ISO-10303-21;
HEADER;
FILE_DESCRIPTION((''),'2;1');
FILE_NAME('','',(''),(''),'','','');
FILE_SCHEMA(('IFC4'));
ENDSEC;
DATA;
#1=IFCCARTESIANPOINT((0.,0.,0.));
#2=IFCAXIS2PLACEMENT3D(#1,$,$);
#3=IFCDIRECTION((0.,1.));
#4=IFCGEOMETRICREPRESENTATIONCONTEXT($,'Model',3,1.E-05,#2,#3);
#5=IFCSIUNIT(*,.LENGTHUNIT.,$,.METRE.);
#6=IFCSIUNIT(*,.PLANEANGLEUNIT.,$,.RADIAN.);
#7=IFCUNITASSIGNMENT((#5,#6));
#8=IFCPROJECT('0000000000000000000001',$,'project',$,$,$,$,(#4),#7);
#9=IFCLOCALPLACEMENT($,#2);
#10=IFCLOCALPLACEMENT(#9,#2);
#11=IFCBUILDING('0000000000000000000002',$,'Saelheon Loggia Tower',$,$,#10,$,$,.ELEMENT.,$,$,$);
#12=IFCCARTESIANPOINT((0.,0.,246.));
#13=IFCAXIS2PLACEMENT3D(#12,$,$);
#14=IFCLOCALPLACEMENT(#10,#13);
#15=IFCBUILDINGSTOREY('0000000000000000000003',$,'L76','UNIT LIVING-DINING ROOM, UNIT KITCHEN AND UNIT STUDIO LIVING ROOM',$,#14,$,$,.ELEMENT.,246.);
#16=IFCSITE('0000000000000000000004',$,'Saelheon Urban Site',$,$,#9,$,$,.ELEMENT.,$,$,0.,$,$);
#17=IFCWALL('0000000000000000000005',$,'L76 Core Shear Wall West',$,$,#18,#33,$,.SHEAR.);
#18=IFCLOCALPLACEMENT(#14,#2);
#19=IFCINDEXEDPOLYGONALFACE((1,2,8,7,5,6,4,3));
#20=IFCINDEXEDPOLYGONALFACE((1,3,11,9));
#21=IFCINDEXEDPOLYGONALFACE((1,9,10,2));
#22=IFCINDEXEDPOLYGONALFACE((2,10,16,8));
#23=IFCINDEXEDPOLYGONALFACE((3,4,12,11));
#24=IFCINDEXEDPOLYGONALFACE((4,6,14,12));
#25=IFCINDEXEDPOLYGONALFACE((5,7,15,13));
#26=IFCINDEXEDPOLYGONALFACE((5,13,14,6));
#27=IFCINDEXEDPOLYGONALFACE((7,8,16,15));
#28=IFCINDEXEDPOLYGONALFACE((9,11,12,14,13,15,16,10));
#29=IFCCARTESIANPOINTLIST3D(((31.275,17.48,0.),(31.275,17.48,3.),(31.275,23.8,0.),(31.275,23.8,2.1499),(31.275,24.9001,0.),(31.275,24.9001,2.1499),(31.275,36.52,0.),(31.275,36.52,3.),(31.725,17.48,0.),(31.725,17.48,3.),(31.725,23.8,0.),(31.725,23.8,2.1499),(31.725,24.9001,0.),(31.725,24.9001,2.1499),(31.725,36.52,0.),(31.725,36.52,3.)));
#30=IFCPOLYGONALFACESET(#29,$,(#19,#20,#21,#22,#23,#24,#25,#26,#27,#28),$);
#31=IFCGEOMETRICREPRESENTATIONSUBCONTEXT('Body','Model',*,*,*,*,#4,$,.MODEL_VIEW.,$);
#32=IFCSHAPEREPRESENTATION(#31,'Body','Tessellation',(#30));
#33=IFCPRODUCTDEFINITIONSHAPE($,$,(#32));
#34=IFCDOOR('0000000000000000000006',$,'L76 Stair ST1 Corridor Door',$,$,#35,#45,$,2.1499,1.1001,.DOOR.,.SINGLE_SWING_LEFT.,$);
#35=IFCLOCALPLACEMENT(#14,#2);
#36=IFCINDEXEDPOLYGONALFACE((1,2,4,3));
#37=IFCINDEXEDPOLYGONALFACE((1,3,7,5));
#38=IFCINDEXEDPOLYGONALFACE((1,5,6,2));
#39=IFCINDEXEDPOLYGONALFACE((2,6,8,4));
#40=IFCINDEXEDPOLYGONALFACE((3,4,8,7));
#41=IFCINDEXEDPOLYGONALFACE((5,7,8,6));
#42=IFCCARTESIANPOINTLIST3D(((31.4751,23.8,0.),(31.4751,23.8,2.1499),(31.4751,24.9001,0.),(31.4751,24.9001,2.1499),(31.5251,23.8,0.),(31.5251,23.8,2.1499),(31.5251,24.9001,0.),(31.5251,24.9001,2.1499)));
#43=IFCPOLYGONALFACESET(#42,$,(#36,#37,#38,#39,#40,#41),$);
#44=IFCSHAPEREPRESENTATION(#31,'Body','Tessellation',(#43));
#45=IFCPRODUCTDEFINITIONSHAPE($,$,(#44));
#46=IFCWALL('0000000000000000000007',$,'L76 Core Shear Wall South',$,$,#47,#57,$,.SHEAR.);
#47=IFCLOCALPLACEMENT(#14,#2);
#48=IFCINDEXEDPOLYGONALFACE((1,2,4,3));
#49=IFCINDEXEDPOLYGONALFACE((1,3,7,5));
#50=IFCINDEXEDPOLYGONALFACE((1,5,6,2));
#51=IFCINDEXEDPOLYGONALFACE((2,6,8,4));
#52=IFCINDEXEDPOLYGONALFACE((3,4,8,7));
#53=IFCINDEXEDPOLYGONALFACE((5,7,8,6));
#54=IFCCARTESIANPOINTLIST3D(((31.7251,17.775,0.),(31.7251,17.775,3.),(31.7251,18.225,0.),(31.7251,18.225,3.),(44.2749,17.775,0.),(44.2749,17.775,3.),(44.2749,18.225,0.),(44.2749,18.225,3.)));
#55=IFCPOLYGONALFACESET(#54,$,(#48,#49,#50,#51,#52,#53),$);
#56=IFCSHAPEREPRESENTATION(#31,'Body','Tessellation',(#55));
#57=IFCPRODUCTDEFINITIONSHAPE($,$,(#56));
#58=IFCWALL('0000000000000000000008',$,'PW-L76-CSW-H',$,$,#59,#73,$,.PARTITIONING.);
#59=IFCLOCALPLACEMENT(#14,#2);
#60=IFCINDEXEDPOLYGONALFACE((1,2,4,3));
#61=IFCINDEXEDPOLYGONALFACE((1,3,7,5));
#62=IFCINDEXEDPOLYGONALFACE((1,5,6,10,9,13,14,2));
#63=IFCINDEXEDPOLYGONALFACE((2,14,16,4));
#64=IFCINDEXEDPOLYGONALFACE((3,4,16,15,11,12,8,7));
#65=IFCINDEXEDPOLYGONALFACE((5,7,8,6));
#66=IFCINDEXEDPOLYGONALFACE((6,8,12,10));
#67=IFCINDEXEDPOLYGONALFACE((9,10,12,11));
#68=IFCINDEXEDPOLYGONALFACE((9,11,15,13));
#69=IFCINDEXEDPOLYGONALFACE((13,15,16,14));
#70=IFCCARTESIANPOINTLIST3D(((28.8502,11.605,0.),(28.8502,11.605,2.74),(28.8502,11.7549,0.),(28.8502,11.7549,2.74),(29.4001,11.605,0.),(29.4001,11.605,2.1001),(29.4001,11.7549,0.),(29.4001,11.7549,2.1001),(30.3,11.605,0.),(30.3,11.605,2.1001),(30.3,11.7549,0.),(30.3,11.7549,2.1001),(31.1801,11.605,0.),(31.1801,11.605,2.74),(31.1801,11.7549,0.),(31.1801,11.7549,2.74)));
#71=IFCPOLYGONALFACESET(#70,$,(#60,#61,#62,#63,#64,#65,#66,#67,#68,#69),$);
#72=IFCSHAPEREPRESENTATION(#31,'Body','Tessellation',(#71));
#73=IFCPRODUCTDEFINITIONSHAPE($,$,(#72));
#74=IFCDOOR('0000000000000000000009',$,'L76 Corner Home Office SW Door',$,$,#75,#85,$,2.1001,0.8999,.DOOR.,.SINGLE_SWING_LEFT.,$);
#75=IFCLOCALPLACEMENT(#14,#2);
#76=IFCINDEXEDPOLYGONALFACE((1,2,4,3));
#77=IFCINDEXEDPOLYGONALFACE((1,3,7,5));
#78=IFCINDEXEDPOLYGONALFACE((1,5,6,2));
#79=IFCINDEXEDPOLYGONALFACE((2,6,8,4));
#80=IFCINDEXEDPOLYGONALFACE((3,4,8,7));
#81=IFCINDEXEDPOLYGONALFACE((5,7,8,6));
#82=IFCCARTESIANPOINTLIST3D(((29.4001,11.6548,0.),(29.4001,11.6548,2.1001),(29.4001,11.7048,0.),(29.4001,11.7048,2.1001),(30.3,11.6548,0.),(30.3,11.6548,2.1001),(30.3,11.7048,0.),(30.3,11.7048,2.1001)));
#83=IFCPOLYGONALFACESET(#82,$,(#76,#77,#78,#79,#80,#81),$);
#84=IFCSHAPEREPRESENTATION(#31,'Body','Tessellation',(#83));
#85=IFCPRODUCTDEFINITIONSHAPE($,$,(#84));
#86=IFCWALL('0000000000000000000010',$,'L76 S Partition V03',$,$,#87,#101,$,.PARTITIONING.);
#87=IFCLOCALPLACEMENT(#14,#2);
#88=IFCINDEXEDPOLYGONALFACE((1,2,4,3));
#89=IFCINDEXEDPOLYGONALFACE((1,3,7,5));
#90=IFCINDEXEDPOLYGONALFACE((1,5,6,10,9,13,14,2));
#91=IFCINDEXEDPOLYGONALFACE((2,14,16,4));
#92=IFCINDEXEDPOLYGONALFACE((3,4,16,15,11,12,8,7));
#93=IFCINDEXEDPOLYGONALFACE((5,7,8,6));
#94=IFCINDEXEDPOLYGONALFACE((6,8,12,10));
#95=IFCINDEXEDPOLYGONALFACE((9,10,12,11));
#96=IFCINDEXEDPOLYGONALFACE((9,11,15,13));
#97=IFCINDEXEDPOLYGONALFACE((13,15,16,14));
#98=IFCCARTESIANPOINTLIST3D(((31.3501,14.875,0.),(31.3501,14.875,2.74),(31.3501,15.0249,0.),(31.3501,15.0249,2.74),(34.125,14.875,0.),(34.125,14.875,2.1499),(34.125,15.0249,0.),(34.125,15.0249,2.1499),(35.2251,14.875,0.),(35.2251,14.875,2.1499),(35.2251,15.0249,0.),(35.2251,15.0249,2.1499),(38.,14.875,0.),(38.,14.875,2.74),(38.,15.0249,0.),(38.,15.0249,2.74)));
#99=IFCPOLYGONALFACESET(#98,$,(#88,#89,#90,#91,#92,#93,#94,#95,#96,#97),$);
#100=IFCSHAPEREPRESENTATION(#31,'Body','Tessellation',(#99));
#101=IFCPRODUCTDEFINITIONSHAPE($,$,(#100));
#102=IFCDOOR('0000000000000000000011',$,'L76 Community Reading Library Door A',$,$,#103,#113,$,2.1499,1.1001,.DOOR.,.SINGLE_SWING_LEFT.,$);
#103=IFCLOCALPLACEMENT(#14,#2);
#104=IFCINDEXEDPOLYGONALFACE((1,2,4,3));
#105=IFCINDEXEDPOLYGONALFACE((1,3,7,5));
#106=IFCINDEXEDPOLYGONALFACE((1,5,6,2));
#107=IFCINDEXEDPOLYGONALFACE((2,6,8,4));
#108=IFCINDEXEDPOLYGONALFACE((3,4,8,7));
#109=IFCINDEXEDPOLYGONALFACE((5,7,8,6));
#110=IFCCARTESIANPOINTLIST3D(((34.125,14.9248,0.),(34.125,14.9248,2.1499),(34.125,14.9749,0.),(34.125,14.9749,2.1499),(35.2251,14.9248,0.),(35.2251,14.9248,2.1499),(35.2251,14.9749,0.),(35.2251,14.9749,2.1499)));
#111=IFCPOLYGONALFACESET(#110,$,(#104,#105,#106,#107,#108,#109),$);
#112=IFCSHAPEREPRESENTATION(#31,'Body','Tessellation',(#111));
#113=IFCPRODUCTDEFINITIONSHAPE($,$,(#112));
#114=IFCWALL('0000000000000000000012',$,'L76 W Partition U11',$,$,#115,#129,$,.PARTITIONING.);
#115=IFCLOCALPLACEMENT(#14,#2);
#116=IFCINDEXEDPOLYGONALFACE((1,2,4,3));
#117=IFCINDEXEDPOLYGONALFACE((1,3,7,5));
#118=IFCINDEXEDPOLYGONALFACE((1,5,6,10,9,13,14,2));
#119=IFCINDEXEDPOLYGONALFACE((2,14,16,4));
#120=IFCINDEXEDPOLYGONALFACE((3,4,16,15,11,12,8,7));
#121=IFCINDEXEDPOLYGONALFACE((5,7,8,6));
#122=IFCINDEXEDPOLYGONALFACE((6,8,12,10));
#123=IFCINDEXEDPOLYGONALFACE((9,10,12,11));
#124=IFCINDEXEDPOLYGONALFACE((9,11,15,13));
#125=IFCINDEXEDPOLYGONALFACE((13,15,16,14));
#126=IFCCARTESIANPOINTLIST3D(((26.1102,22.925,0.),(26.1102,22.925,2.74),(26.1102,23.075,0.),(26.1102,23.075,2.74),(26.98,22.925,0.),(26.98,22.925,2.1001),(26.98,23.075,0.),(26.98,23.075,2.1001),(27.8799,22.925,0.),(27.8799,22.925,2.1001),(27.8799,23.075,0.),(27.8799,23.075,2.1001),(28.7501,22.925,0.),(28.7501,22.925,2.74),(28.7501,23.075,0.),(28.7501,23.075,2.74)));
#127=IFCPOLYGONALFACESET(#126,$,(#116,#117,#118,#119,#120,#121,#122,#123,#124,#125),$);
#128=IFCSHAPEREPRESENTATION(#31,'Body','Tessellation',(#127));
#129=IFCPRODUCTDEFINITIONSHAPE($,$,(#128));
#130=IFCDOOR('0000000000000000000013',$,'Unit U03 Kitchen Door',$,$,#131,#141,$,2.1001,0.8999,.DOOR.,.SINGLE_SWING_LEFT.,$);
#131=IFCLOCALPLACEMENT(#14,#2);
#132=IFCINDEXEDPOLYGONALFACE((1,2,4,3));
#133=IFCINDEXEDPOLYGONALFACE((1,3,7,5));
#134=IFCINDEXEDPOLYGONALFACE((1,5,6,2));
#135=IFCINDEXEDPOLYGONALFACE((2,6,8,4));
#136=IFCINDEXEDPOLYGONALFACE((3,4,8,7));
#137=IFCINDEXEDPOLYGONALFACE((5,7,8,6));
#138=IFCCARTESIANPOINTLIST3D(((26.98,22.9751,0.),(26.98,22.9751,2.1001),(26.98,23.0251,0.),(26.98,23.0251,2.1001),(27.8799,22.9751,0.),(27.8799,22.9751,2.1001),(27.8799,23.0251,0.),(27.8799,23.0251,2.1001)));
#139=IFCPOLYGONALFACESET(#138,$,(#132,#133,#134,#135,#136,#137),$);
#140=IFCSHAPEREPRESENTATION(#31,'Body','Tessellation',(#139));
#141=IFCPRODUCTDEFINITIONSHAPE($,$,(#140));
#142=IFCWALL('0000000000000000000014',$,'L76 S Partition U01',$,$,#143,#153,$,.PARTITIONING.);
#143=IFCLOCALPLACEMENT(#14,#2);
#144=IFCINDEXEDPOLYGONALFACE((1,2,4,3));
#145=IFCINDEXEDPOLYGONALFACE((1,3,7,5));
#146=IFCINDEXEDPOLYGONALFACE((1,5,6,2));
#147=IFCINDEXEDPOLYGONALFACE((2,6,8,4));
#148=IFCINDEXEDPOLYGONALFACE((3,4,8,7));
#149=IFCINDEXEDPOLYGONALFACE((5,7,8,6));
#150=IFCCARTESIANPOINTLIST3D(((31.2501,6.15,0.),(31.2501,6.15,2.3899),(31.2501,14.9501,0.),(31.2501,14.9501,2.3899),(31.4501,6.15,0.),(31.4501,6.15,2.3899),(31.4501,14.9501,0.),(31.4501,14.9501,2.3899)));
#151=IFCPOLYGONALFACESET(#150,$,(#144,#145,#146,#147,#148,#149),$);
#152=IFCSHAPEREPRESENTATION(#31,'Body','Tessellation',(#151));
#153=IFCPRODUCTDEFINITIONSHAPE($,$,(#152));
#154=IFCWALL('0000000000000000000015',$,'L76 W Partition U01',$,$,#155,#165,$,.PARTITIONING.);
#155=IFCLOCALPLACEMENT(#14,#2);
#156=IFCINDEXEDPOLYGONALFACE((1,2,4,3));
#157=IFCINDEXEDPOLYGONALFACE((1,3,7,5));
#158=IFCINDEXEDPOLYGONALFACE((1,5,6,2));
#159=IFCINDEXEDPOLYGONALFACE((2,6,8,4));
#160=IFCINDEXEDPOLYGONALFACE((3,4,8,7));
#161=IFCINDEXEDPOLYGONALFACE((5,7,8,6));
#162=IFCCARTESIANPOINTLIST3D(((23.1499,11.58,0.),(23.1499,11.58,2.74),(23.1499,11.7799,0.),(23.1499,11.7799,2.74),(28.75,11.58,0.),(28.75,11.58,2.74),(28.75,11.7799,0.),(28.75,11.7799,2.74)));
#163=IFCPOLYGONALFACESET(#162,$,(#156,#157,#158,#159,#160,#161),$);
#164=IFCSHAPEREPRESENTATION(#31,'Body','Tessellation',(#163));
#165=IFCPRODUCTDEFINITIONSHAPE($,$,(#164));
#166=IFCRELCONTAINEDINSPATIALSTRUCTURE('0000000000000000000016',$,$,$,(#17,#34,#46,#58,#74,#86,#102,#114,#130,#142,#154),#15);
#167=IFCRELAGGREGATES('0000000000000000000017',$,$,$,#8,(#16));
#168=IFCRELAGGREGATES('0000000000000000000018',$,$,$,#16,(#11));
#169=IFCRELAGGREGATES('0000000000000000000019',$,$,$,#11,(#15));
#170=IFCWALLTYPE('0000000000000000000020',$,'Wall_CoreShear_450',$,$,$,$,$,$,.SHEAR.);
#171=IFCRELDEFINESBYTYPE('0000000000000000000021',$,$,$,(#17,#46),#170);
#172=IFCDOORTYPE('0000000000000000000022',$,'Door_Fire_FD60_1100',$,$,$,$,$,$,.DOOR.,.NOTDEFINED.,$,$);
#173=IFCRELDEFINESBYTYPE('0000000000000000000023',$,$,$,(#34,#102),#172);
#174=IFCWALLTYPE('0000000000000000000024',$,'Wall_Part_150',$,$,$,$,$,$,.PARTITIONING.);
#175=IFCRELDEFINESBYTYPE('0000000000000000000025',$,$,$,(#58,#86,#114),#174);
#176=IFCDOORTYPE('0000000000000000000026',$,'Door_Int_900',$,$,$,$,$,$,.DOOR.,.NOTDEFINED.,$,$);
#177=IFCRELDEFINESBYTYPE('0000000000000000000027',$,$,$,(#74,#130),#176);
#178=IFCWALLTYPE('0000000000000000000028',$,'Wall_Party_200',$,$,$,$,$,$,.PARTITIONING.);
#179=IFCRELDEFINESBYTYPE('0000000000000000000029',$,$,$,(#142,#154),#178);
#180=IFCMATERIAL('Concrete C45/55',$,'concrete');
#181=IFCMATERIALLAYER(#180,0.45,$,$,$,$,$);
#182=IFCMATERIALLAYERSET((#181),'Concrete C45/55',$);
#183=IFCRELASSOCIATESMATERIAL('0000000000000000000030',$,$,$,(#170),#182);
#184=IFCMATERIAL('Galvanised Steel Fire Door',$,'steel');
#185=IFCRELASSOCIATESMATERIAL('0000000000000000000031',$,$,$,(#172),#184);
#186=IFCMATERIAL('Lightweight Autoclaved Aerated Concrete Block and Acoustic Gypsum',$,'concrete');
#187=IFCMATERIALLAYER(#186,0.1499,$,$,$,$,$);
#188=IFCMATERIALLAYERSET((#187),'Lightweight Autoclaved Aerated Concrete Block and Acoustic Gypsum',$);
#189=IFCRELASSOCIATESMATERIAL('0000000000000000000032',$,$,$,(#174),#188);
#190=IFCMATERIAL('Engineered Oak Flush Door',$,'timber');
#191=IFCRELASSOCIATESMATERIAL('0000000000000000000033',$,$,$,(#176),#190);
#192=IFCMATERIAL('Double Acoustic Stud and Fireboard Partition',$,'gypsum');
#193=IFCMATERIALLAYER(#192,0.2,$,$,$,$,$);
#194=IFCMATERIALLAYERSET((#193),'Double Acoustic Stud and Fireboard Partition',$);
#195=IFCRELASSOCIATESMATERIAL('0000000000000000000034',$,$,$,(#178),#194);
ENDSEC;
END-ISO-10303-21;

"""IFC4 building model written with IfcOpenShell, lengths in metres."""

from ifc_helpers import new_model, si_unit, direction, frame, frame_2d, origin, place, context, subcontext, project, spatial, rectangle, extrude, source, transform, mapped, material, layer, layer_set, type_object, element, fill, save


model = new_model("IFC4")

# Units and contexts
model_context = context("Model", 3, precision=1e-05, world=origin(), true_north=direction((0.0, 1.0)))
body_context = subcontext(model_context, "Body", "Model", "MODEL_VIEW")
ifc_project = project(units=[si_unit("LENGTHUNIT", "METRE"), si_unit("PLANEANGLEUNIT", "RADIAN")], contexts=[model_context])

# Site, building, storey
site_placement = place(None, origin())
site = spatial("IfcSite", under=ifc_project, at=site_placement, Name="Saelheon Urban Site", CompositionType="ELEMENT", RefElevation=0.0)
building_placement = place(site_placement, origin())
building = spatial("IfcBuilding", under=site, at=building_placement, Name="Saelheon Loggia Tower", CompositionType="ELEMENT")
storey_placement = place(building_placement, frame((0.0, 0.0, 246.0)))
storey = spatial("IfcBuildingStorey", under=building, at=storey_placement, Name="L76", Description="UNIT LIVING-DINING ROOM, UNIT KITCHEN AND UNIT STUDIO LIVING ROOM", CompositionType="ELEMENT", Elevation=246.0)

# Shared definitions
ifc_material_1 = material(Name="Concrete C45/55", Category="concrete")

# Wall, opening, door
ifc_layer_1 = layer(ifc_material_1, 0.45)
ifc_layer_set_1 = layer_set([ifc_layer_1], Name="Concrete C45/55")
wall_type_1 = type_object("IfcWallType", Name="Wall_CoreShear_450", PredefinedType="SHEAR", material=ifc_layer_set_1)
wall_1_placement = place(storey_placement, frame((31.5, 17.48, 0.0), z_axis=(0.0, 0.0, 1.0), x_axis=(0.0, 1.0, 0.0)))
wall_1 = element("IfcWall", 1, at=wall_1_placement, inside=storey, type_object=wall_type_1, Name="L76 Core Shear Wall West", PredefinedType="SHEAR", context=body_context, shape_type="SweptSolid", body=[
    extrude(rectangle(XDim=19.04, YDim=0.45, at=frame_2d((9.52, 0.0))), origin(), (0.0, 0.0, 1.0), 3.0),
])
opening_1_placement = place(wall_1_placement, frame((6.3201, 0.0, 0.0)))
opening_1 = element("IfcOpeningElement", 2, at=opening_1_placement, cuts=wall_1, PredefinedType="OPENING", context=body_context, shape_type="SweptSolid", body=[
    extrude(rectangle(XDim=1.1001, YDim=2.1499, at=frame_2d((0.55, 1.075))), frame((0.0, 0.2371, 0.0), z_axis=(0.0, -1.0, 0.0), x_axis=(1.0, 0.0, 0.0)), (0.0, 0.0, 1.0), 0.4739),
])
ifc_material_2 = material(Name="Galvanised Steel Fire Door", Category="steel")
door_type_1 = type_object("IfcDoorType", Name="Door_Fire_FD60_1100", OperationType="NOTDEFINED", PredefinedType="DOOR", material=ifc_material_2)
shared_shape_1 = source(origin(), body_context, "Body", "SweptSolid", [
    extrude(rectangle(XDim=1.1001, YDim=2.1499, at=frame_2d((0.55, 1.075))), frame((0.0, 0.0249, 0.0), z_axis=(0.0, -1.0, 0.0), x_axis=(1.0, 0.0, 0.0)), (0.0, 0.0, 1.0), 0.05),
])
door_1_placement = place(opening_1_placement, origin())
door_1 = element("IfcDoor", 3, at=door_1_placement, inside=storey, type_object=door_type_1, Name="L76 Stair ST1 Corridor Door", OperationType="SINGLE_SWING_LEFT", OverallHeight=2.1499, OverallWidth=1.1001, PredefinedType="DOOR", context=body_context, shape_type="MappedRepresentation", body=[
    mapped(shared_shape_1, transform((0.0, 0.0, 0.0), scale=1.0)),
])
fill(opening_1, door_1)

# Wall
wall_2_placement = place(storey_placement, frame((31.7251, 18.0, 0.0), z_axis=(0.0, 0.0, 1.0), x_axis=(1.0, 0.0, 0.0)))
element("IfcWall", 4, at=wall_2_placement, inside=storey, type_object=wall_type_1, Name="L76 Core Shear Wall South", PredefinedType="SHEAR", context=body_context, shape_type="SweptSolid", body=[
    extrude(rectangle(XDim=12.5498, YDim=0.45, at=frame_2d((6.2749, 0.0))), origin(), (0.0, 0.0, 1.0), 3.0),
])

# Walls, openings, doors
ifc_material_3 = material(Name="Lightweight Autoclaved Aerated Concrete Block and Acoustic Gypsum", Category="concrete")
ifc_layer_2 = layer(ifc_material_3, 0.1499)
ifc_layer_set_2 = layer_set([ifc_layer_2], Name="Lightweight Autoclaved Aerated Concrete Block and Acoustic Gypsum")
wall_type_2 = type_object("IfcWallType", Name="Wall_Part_150", PredefinedType="PARTITIONING", material=ifc_layer_set_2)
wall_3_placement = place(storey_placement, frame((28.8501, 11.6799, 0.0), z_axis=(0.0, 0.0, 1.0), x_axis=(1.0, 0.0, 0.0)))
wall_3 = element("IfcWall", 5, at=wall_3_placement, inside=storey, type_object=wall_type_2, Name="PW-L76-CSW-H", PredefinedType="PARTITIONING", context=body_context, shape_type="SweptSolid", body=[
    extrude(rectangle(XDim=2.3298, YDim=0.1499, at=frame_2d((1.165, 0.0))), origin(), (0.0, 0.0, 1.0), 2.74),
])
opening_2_placement = place(wall_3_placement, frame((0.55, 0.0, 0.0)))
opening_2 = element("IfcOpeningElement", 6, at=opening_2_placement, cuts=wall_3, PredefinedType="OPENING", context=body_context, shape_type="SweptSolid", body=[
    extrude(rectangle(XDim=0.8999, YDim=2.1001, at=frame_2d((0.45, 1.05))), frame((0.0, 0.0869, 0.0), z_axis=(0.0, -1.0, 0.0), x_axis=(1.0, 0.0, 0.0)), (0.0, 0.0, 1.0), 0.1738),
])
ifc_material_4 = material(Name="Engineered Oak Flush Door", Category="timber")
door_type_2 = type_object("IfcDoorType", Name="Door_Int_900", OperationType="NOTDEFINED", PredefinedType="DOOR", material=ifc_material_4)
shared_shape_2 = source(origin(), body_context, "Body", "SweptSolid", [
    extrude(rectangle(XDim=0.8999, YDim=2.1001, at=frame_2d((0.45, 1.05))), frame((0.0, 0.0249, 0.0), z_axis=(0.0, -1.0, 0.0), x_axis=(1.0, 0.0, 0.0)), (0.0, 0.0, 1.0), 0.05),
])
door_2_placement = place(opening_2_placement, origin())
door_2 = element("IfcDoor", 7, at=door_2_placement, inside=storey, type_object=door_type_2, Name="L76 Corner Home Office SW Door", OperationType="SINGLE_SWING_LEFT", OverallHeight=2.1001, OverallWidth=0.8999, PredefinedType="DOOR", context=body_context, shape_type="MappedRepresentation", body=[
    mapped(shared_shape_2, transform((0.0, 0.0, 0.0), scale=1.0)),
])
fill(opening_2, door_2)
wall_4_placement = place(storey_placement, frame((31.3501, 14.95, 0.0), z_axis=(0.0, 0.0, 1.0), x_axis=(1.0, 0.0, 0.0)))
wall_4 = element("IfcWall", 8, at=wall_4_placement, inside=storey, type_object=wall_type_2, Name="L76 S Partition V03", PredefinedType="PARTITIONING", context=body_context, shape_type="SweptSolid", body=[
    extrude(rectangle(XDim=6.6499, YDim=0.1499, at=frame_2d((3.325, 0.0))), origin(), (0.0, 0.0, 1.0), 2.74),
])
opening_3_placement = place(wall_4_placement, frame((2.7749, 0.0, 0.0)))
opening_3 = element("IfcOpeningElement", 9, at=opening_3_placement, cuts=wall_4, PredefinedType="OPENING", context=body_context, shape_type="SweptSolid", body=[
    extrude(rectangle(XDim=1.1001, YDim=2.1499, at=frame_2d((0.55, 1.075))), frame((0.0, 0.0869, 0.0), z_axis=(0.0, -1.0, 0.0), x_axis=(1.0, 0.0, 0.0)), (0.0, 0.0, 1.0), 0.1738),
])
door_3_placement = place(opening_3_placement, origin())
door_3 = element("IfcDoor", 10, at=door_3_placement, inside=storey, type_object=door_type_1, Name="L76 Community Reading Library Door A", OperationType="SINGLE_SWING_LEFT", OverallHeight=2.1499, OverallWidth=1.1001, PredefinedType="DOOR", context=body_context, shape_type="MappedRepresentation", body=[
    mapped(shared_shape_1, transform((0.0, 0.0, 0.0), scale=1.0)),
])
fill(opening_3, door_3)
wall_5_placement = place(storey_placement, frame((28.75, 23.0, 0.0), z_axis=(0.0, 0.0, 1.0), x_axis=(-1.0, 0.0, 0.0)))
wall_5 = element("IfcWall", 11, at=wall_5_placement, inside=storey, type_object=wall_type_2, Name="L76 W Partition U11", PredefinedType="PARTITIONING", context=body_context, shape_type="SweptSolid", body=[
    extrude(rectangle(XDim=2.6399, YDim=0.1499, at=frame_2d((1.3198, 0.0))), origin(), (0.0, 0.0, 1.0), 2.74),
])
opening_4_placement = place(wall_5_placement, frame((0.8701, 0.0, 0.0)))
opening_4 = element("IfcOpeningElement", 12, at=opening_4_placement, cuts=wall_5, PredefinedType="OPENING", context=body_context, shape_type="SweptSolid", body=[
    extrude(rectangle(XDim=0.8999, YDim=2.1001, at=frame_2d((0.45, 1.05))), frame((0.0, 0.0869, 0.0), z_axis=(0.0, -1.0, 0.0), x_axis=(1.0, 0.0, 0.0)), (0.0, 0.0, 1.0), 0.1738),
])
door_4_placement = place(opening_4_placement, origin())
door_4 = element("IfcDoor", 13, at=door_4_placement, inside=storey, type_object=door_type_2, Name="Unit U03 Kitchen Door", OperationType="SINGLE_SWING_LEFT", OverallHeight=2.1001, OverallWidth=0.8999, PredefinedType="DOOR", context=body_context, shape_type="MappedRepresentation", body=[
    mapped(shared_shape_2, transform((0.0, 0.0, 0.0), scale=1.0)),
])
fill(opening_4, door_4)

# Walls
ifc_material_5 = material(Name="Double Acoustic Stud and Fireboard Partition", Category="gypsum")
ifc_layer_3 = layer(ifc_material_5, 0.2)
ifc_layer_set_3 = layer_set([ifc_layer_3], Name="Double Acoustic Stud and Fireboard Partition")
wall_type_3 = type_object("IfcWallType", Name="Wall_Party_200", PredefinedType="PARTITIONING", material=ifc_layer_set_3)
wall_6_placement = place(storey_placement, frame((31.3501, 14.95, 0.0), z_axis=(0.0, 0.0, 1.0), x_axis=(0.0, -1.0, 0.0)))
element("IfcWall", 14, at=wall_6_placement, inside=storey, type_object=wall_type_3, Name="L76 S Partition U01", PredefinedType="PARTITIONING", context=body_context, shape_type="SweptSolid", body=[
    extrude(rectangle(XDim=8.8, YDim=0.2, at=frame_2d((4.3999, 0.0))), origin(), (0.0, 0.0, 1.0), 2.3899),
])
wall_7_placement = place(storey_placement, frame((28.75, 11.6799, 0.0), z_axis=(0.0, 0.0, 1.0), x_axis=(-1.0, 0.0, 0.0)))
element("IfcWall", 15, at=wall_7_placement, inside=storey, type_object=wall_type_3, Name="L76 W Partition U01", PredefinedType="PARTITIONING", context=body_context, shape_type="SweptSolid", body=[
    extrude(rectangle(XDim=5.6001, YDim=0.2, at=frame_2d((2.8, 0.0))), origin(), (0.0, 0.0, 1.0), 2.74),
])

save(model, "model.ifc")
